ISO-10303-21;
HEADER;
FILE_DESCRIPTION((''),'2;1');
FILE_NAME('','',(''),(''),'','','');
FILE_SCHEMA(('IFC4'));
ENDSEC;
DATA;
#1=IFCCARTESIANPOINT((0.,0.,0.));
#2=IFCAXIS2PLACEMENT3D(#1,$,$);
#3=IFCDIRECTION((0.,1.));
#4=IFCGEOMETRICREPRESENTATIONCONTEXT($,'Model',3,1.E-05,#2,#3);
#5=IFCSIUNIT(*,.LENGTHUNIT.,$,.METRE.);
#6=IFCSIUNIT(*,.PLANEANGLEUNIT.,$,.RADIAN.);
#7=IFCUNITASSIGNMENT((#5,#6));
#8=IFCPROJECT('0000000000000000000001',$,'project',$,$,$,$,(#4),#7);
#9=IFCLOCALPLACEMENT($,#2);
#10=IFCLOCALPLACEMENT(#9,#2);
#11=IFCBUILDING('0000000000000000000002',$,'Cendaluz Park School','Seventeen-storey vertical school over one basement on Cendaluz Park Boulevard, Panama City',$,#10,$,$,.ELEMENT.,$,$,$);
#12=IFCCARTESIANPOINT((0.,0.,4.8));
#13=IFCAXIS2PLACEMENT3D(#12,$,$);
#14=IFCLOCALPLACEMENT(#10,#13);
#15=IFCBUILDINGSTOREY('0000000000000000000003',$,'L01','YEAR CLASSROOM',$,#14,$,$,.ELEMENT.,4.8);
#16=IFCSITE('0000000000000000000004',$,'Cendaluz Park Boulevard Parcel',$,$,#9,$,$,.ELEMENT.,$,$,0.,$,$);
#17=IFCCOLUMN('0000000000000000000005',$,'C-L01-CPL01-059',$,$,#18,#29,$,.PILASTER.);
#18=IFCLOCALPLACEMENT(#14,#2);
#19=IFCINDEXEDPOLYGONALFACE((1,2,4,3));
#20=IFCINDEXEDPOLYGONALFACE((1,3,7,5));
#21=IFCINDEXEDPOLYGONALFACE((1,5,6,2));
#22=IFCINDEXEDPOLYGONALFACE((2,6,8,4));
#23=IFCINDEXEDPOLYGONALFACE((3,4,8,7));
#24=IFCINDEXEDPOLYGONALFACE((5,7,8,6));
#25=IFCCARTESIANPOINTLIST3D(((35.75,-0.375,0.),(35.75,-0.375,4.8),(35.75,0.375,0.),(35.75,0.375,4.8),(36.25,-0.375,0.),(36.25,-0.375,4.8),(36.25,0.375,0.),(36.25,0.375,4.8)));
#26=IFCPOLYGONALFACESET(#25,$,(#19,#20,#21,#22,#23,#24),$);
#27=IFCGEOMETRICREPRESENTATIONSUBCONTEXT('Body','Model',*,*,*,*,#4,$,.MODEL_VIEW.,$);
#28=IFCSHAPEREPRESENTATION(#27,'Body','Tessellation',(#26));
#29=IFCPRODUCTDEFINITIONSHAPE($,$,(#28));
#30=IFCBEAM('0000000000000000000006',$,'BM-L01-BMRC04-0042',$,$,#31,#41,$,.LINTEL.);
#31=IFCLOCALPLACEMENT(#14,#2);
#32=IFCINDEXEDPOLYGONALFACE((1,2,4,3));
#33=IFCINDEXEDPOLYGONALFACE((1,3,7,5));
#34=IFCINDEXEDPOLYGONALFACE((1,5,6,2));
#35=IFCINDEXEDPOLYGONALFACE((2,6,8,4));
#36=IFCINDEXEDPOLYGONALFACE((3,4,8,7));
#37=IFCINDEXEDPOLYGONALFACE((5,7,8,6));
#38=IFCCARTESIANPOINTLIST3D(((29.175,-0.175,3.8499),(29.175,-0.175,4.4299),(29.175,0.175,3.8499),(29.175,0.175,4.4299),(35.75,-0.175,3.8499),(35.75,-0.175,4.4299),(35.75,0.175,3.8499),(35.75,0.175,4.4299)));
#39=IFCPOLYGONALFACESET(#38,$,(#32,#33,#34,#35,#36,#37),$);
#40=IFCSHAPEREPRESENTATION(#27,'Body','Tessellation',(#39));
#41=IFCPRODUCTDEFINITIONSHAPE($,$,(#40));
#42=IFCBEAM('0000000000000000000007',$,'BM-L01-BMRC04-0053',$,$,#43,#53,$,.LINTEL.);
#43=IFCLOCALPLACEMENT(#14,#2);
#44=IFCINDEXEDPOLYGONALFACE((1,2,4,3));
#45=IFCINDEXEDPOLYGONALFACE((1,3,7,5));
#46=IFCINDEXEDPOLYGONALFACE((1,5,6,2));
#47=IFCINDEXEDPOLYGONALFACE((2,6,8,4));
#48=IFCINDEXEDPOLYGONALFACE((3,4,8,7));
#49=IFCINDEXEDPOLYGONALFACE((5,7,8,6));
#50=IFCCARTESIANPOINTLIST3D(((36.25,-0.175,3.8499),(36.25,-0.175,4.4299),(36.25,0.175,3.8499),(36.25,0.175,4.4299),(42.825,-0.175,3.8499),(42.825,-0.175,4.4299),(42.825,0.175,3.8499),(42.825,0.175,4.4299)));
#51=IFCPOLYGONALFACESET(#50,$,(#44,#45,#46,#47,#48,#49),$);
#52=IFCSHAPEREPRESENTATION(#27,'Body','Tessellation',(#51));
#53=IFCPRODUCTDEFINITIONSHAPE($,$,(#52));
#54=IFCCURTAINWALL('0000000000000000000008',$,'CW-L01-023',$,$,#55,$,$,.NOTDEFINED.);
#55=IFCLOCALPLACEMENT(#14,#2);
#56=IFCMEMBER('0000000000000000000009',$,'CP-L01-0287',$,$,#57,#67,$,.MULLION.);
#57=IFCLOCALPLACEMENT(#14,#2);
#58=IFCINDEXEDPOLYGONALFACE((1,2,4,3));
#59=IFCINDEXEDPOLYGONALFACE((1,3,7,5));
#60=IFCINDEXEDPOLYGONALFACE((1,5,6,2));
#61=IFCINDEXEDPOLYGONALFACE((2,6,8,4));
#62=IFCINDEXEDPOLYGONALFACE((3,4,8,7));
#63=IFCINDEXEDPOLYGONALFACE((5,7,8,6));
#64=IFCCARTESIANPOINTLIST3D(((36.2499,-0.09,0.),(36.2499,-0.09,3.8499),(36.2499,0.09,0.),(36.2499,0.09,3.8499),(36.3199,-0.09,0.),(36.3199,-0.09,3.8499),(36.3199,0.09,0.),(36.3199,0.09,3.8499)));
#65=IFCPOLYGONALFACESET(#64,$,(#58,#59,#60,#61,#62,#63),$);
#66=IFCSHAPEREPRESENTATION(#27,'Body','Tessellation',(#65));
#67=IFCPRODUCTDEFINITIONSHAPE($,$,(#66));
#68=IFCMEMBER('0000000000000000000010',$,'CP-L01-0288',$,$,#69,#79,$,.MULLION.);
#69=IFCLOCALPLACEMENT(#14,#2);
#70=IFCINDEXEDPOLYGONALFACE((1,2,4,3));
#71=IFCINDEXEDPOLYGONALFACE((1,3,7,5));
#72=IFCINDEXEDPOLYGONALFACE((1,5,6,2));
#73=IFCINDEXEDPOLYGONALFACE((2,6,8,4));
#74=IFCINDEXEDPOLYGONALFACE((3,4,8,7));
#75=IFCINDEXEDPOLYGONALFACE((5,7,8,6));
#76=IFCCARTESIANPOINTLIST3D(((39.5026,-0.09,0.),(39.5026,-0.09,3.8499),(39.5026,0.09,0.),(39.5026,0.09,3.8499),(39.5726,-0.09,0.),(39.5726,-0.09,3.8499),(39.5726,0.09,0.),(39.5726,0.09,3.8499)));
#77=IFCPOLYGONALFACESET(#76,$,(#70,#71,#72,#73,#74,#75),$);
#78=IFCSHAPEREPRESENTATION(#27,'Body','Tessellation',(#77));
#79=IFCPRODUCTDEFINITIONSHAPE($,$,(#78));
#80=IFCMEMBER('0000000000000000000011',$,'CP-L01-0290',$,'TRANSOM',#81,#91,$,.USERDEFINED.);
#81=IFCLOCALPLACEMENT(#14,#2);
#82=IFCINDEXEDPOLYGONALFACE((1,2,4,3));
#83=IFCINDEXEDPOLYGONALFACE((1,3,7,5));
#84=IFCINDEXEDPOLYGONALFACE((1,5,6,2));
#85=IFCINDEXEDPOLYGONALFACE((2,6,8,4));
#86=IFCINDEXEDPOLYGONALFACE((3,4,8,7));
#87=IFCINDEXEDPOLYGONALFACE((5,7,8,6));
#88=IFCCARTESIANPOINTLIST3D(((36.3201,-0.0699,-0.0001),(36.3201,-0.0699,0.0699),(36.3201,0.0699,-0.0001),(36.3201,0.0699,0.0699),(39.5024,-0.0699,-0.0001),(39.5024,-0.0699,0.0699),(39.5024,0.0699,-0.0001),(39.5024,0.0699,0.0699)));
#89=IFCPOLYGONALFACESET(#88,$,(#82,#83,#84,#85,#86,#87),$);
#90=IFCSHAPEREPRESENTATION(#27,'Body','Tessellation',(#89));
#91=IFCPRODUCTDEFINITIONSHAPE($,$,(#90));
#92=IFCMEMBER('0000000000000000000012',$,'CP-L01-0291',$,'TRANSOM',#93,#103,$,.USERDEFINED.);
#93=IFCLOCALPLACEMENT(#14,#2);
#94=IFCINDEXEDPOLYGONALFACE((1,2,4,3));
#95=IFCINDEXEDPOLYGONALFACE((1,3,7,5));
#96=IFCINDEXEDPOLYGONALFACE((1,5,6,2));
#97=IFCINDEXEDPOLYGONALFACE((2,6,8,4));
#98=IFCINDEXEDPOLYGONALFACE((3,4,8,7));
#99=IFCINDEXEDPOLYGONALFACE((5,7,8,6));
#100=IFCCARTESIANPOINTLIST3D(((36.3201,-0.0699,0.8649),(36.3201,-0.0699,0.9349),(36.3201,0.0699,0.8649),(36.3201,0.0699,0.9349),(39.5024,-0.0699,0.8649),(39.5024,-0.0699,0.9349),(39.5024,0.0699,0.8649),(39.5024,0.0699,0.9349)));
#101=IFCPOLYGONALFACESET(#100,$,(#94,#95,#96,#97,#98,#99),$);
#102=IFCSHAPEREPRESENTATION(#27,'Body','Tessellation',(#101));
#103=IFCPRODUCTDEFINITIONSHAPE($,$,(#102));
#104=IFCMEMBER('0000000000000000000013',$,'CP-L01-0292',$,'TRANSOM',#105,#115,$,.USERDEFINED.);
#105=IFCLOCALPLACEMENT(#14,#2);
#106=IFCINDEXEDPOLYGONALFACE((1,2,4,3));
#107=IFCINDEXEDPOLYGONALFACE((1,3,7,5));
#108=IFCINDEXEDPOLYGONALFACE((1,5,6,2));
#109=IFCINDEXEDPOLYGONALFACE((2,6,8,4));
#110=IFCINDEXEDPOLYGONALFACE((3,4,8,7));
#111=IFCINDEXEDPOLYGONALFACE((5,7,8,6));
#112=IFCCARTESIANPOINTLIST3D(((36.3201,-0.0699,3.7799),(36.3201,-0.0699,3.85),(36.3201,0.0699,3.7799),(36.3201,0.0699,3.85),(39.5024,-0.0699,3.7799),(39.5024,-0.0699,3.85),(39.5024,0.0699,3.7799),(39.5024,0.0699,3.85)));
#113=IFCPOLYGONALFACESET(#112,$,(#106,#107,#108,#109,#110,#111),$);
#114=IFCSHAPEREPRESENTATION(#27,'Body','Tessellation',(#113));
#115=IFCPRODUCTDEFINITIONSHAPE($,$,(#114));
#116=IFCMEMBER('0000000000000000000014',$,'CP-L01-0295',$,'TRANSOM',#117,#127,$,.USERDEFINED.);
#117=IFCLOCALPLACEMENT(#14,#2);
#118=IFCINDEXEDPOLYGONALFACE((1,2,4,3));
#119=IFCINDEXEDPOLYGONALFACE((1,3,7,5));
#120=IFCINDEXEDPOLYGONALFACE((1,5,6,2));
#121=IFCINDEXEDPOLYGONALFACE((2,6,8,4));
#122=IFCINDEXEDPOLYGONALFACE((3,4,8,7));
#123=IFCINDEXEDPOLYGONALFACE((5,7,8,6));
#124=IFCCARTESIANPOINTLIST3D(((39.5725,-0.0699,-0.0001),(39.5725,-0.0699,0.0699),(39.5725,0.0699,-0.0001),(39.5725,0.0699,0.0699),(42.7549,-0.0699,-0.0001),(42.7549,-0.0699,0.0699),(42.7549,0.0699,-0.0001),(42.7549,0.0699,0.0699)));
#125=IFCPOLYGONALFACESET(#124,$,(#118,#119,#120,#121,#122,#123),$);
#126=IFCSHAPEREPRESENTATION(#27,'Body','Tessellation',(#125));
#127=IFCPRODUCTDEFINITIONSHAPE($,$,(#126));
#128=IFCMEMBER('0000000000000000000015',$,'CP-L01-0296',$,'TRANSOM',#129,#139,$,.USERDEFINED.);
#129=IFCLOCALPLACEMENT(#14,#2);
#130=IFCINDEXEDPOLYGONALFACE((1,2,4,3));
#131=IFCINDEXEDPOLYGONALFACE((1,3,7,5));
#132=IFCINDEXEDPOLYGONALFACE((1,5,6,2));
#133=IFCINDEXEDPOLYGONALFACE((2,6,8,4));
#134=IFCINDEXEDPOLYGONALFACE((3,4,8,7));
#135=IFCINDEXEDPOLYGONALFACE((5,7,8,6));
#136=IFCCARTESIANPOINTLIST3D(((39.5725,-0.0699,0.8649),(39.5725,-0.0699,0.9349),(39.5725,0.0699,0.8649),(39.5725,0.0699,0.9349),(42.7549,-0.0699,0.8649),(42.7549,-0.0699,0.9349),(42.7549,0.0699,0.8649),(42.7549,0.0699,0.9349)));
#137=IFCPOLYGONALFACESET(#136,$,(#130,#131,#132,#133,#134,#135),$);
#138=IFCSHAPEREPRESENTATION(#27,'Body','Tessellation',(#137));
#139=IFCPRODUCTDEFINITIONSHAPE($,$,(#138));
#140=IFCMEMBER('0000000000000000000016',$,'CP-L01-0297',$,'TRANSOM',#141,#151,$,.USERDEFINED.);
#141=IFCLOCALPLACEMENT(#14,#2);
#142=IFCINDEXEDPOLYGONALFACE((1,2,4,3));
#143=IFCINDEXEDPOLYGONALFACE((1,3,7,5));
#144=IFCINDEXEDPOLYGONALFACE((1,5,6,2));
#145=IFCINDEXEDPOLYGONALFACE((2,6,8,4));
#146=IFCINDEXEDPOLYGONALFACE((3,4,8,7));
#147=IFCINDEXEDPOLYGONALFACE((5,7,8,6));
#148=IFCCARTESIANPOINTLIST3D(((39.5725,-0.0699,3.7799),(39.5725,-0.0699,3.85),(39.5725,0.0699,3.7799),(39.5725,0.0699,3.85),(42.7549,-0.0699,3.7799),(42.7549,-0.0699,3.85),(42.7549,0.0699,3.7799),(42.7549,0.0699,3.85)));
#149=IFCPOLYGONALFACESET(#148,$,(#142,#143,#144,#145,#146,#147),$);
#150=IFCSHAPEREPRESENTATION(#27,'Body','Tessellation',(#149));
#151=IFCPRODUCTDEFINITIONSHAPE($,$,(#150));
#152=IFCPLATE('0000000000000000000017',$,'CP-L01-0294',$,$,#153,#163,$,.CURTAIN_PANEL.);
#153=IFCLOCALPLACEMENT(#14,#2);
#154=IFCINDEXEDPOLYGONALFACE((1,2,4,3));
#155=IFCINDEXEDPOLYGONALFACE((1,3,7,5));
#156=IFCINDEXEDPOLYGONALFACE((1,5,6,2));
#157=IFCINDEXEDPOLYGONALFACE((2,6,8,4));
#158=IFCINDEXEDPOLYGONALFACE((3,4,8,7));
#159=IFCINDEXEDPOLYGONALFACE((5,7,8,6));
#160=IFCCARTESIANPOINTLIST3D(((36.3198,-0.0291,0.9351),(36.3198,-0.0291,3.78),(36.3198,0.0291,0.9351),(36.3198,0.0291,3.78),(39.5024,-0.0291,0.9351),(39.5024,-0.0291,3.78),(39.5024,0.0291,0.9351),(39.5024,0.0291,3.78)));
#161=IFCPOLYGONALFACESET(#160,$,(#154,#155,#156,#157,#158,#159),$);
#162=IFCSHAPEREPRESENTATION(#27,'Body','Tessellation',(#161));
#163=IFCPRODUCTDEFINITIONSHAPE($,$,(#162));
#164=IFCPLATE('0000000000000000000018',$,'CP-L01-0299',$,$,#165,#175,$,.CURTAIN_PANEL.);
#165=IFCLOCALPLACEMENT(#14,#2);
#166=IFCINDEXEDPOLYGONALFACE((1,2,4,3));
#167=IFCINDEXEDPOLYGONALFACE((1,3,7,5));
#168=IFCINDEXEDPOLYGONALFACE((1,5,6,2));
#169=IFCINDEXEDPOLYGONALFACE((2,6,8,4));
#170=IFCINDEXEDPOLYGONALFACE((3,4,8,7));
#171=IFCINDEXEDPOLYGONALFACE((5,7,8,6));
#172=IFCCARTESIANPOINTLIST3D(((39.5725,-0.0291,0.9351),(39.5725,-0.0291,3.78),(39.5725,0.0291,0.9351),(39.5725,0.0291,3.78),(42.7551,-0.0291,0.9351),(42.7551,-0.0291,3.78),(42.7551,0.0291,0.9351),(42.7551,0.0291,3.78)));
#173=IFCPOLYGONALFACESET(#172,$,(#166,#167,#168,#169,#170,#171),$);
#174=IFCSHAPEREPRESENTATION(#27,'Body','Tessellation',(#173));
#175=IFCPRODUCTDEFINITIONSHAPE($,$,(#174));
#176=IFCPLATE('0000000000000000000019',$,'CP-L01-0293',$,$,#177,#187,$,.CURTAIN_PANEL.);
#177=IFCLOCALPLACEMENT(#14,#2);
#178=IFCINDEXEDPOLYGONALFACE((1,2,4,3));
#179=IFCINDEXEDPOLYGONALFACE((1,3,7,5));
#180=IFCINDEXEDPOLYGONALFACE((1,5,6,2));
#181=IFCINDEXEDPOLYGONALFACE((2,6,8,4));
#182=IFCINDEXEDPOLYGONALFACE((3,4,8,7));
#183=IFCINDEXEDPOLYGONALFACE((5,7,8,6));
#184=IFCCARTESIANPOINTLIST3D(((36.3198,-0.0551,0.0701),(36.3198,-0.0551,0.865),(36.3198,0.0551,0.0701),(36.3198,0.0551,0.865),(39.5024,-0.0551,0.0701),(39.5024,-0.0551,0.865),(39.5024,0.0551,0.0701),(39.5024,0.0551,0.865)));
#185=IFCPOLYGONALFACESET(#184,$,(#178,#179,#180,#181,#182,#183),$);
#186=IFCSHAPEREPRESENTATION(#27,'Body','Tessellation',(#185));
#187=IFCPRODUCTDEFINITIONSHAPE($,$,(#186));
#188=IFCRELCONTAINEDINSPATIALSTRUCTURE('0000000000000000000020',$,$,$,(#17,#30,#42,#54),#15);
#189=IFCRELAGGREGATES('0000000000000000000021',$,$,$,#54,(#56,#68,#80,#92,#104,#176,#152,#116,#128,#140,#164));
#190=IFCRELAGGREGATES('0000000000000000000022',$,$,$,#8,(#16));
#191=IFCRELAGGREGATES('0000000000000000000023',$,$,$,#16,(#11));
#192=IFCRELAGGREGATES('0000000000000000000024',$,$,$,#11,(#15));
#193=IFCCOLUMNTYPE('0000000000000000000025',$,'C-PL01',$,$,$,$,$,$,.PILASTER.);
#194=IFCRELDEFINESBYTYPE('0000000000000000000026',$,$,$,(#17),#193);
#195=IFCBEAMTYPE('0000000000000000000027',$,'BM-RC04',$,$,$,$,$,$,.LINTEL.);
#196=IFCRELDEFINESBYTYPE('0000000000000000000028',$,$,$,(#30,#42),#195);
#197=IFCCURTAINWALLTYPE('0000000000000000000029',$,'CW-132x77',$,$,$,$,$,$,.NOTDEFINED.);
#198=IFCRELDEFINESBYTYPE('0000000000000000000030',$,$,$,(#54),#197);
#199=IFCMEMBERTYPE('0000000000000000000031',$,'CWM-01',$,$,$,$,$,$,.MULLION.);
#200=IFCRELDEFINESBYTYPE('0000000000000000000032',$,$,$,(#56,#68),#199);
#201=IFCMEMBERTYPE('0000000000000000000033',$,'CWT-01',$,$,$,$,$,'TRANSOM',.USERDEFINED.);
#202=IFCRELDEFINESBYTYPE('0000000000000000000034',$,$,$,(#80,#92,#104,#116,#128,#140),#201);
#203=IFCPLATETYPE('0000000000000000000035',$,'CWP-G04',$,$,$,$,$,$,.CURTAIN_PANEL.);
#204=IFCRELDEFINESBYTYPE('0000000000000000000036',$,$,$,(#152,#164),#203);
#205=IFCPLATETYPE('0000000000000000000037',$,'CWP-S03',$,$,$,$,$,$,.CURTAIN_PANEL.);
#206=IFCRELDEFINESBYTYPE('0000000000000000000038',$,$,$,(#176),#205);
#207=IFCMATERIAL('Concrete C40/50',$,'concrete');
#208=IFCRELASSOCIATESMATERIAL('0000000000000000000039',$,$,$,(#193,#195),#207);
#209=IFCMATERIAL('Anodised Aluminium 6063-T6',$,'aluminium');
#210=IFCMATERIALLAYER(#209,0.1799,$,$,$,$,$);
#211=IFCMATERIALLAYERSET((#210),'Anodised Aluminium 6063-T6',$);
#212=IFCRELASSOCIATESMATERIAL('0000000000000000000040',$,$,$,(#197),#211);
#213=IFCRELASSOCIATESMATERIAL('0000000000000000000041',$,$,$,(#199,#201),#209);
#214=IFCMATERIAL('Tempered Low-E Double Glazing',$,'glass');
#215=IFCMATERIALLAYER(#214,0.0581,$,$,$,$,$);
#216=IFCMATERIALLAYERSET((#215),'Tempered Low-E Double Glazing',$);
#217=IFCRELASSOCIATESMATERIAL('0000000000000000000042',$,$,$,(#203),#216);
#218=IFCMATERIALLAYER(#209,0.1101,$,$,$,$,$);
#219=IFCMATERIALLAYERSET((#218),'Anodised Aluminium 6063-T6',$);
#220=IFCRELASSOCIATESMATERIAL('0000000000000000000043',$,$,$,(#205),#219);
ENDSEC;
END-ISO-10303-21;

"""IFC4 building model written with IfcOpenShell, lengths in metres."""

from ifc_helpers import new_model, si_unit, direction, frame, origin, origin_2d, place, context, subcontext, project, spatial, rectangle, extrude, material, layer, layer_set, material_profile, profile_set, type_object, element, aggregate, save


model = new_model("IFC4")

# Units and contexts
model_context = context("Model", 3, precision=1e-05, world=origin(), true_north=direction((0.0, 1.0)))
body_context = subcontext(model_context, "Body", "Model", "MODEL_VIEW")
ifc_project = project(units=[si_unit("LENGTHUNIT", "METRE"), si_unit("PLANEANGLEUNIT", "RADIAN")], contexts=[model_context])

# Site, building, storey
site_placement = place(None, origin())
site = spatial("IfcSite", under=ifc_project, at=site_placement, Name="Cendaluz Park Boulevard Parcel", CompositionType="ELEMENT", RefElevation=0.0)
building_placement = place(site_placement, origin())
building = spatial("IfcBuilding", under=site, at=building_placement, Name="Cendaluz Park School", Description="Seventeen-storey vertical school over one basement on Cendaluz Park Boulevard, Panama City", CompositionType="ELEMENT")
storey_placement = place(building_placement, frame((0.0, 0.0, 4.8)))
storey = spatial("IfcBuildingStorey", under=building, at=storey_placement, Name="L01", Description="YEAR CLASSROOM", CompositionType="ELEMENT", Elevation=4.8)

# Column
ifc_material_1 = material(Name="Concrete C40/50", Category="concrete")
ifc_material_profile_1 = material_profile(ifc_material_1, rectangle(XDim=0.5, YDim=0.75, at=origin_2d()), Name="RC 500x750", Category="concrete")
ifc_profile_set_1 = profile_set([ifc_material_profile_1], Name="Concrete C40/50")
column_type = type_object("IfcColumnType", Name="C-PL01", PredefinedType="PILASTER", material=ifc_profile_set_1)
column_placement = place(storey_placement, frame((36.0, 0.0, 0.0), z_axis=(0.0, 0.0, 1.0), x_axis=(1.0, 0.0, 0.0)))
element("IfcColumn", 1, at=column_placement, inside=storey, type_object=column_type, Name="C-L01-CPL01-059", PredefinedType="PILASTER", context=body_context, shape_type="SweptSolid", body=[
    extrude(rectangle(XDim=0.5, YDim=0.75, at=origin_2d()), origin(), (0.0, 0.0, 1.0), 4.8),
])

# Beams
ifc_material_profile_2 = material_profile(ifc_material_1, rectangle(XDim=0.3501, YDim=0.5801, at=origin_2d()), Name="RC 350x580", Category="concrete")
ifc_profile_set_2 = profile_set([ifc_material_profile_2], Name="Concrete C40/50")
beam_type = type_object("IfcBeamType", Name="BM-RC04", PredefinedType="LINTEL", material=ifc_profile_set_2)
for number, where, z_axis, x_axis, name in (
    (2, (29.175, 0.0, 4.1399), (1.0, 0.0, 0.0), (0.0, 1.0, 0.0), "BM-L01-BMRC04-0042"),
    (3, (36.25, 0.0, 4.1399), (1.0, 0.0, 0.0), (0.0, 1.0, 0.0), "BM-L01-BMRC04-0053"),
):
    element("IfcBeam", number, at=place(storey_placement, frame(where, z_axis=z_axis, x_axis=x_axis)), inside=storey, type_object=beam_type, Name=name, PredefinedType="LINTEL", context=body_context, shape_type="SweptSolid", body=[
        extrude(rectangle(XDim=0.3501, YDim=0.5801, at=origin_2d()), origin(), (0.0, 0.0, 1.0), 6.575),
    ])

# Curtain wall, members, plates
ifc_material_2 = material(Name="Anodised Aluminium 6063-T6", Category="aluminium")
ifc_layer_1 = layer(ifc_material_2, 0.1799)
ifc_layer_set_1 = layer_set([ifc_layer_1], Name="Anodised Aluminium 6063-T6")
curtain_wall_type = type_object("IfcCurtainWallType", Name="CW-132x77", PredefinedType="NOTDEFINED", material=ifc_layer_set_1)
curtain_wall_placement = place(storey_placement, origin())
curtain_wall = element("IfcCurtainWall", 4, at=curtain_wall_placement, inside=storey, type_object=curtain_wall_type, Name="CW-L01-023", PredefinedType="NOTDEFINED")
ifc_material_profile_3 = material_profile(ifc_material_2, rectangle(XDim=0.1799, YDim=0.0701, at=origin_2d()), Name="CWM 180x70", Category="aluminium")
ifc_profile_set_3 = profile_set([ifc_material_profile_3], Name="Anodised Aluminium 6063-T6")
member_type_1 = type_object("IfcMemberType", Name="CWM-01", PredefinedType="MULLION", material=ifc_profile_set_3)
member_1_placement = place(storey_placement, frame((36.2849, 0.0, 0.0), z_axis=(0.0, 0.0, 1.0), x_axis=(0.0, 1.0, 0.0)))
member_1 = element("IfcMember", 5, at=member_1_placement, type_object=member_type_1, Name="CP-L01-0287", PredefinedType="MULLION", context=body_context, shape_type="SweptSolid", body=[
    extrude(rectangle(XDim=0.1799, YDim=0.0701, at=origin_2d()), origin(), (0.0, 0.0, 1.0), 3.8499),
])
member_2_placement = place(storey_placement, frame((39.5376, 0.0, 0.0), z_axis=(0.0, 0.0, 1.0), x_axis=(0.0, 1.0, 0.0)))
member_2 = element("IfcMember", 6, at=member_2_placement, type_object=member_type_1, Name="CP-L01-0288", PredefinedType="MULLION", context=body_context, shape_type="SweptSolid", body=[
    extrude(rectangle(XDim=0.1799, YDim=0.0701, at=origin_2d()), origin(), (0.0, 0.0, 1.0), 3.8499),
])
ifc_material_profile_4 = material_profile(ifc_material_2, rectangle(XDim=0.1399, YDim=0.0701, at=origin_2d()), Name="CWT 140x70", Category="aluminium")
ifc_profile_set_4 = profile_set([ifc_material_profile_4], Name="Anodised Aluminium 6063-T6")
member_type_2 = type_object("IfcMemberType", Name="CWT-01", ElementType="TRANSOM", PredefinedType="USERDEFINED", material=ifc_profile_set_4)
member_3_placement = place(storey_placement, frame((36.3201, 0.0, 0.0349), z_axis=(1.0, 0.0, 0.0), x_axis=(0.0, 1.0, 0.0)))
member_3 = element("IfcMember", 7, at=member_3_placement, type_object=member_type_2, Name="CP-L01-0290", ObjectType="TRANSOM", PredefinedType="USERDEFINED", context=body_context, shape_type="SweptSolid", body=[
    extrude(rectangle(XDim=0.1399, YDim=0.0701, at=origin_2d()), origin(), (0.0, 0.0, 1.0), 3.1824),
])
member_4_placement = place(storey_placement, frame((36.3201, 0.0, 0.8999), z_axis=(1.0, 0.0, 0.0), x_axis=(0.0, 1.0, 0.0)))
member_4 = element("IfcMember", 8, at=member_4_placement, type_object=member_type_2, Name="CP-L01-0291", ObjectType="TRANSOM", PredefinedType="USERDEFINED", context=body_context, shape_type="SweptSolid", body=[
    extrude(rectangle(XDim=0.1399, YDim=0.0701, at=origin_2d()), origin(), (0.0, 0.0, 1.0), 3.1824),
])
member_5_placement = place(storey_placement, frame((36.3201, 0.0, 3.8149), z_axis=(1.0, 0.0, 0.0), x_axis=(0.0, 1.0, 0.0)))
member_5 = element("IfcMember", 9, at=member_5_placement, type_object=member_type_2, Name="CP-L01-0292", ObjectType="TRANSOM", PredefinedType="USERDEFINED", context=body_context, shape_type="SweptSolid", body=[
    extrude(rectangle(XDim=0.1399, YDim=0.0701, at=origin_2d()), origin(), (0.0, 0.0, 1.0), 3.1824),
])
member_6_placement = place(storey_placement, frame((39.5725, 0.0, 0.0349), z_axis=(1.0, 0.0, 0.0), x_axis=(0.0, 1.0, 0.0)))
member_6 = element("IfcMember", 10, at=member_6_placement, type_object=member_type_2, Name="CP-L01-0295", ObjectType="TRANSOM", PredefinedType="USERDEFINED", context=body_context, shape_type="SweptSolid", body=[
    extrude(rectangle(XDim=0.1399, YDim=0.0701, at=origin_2d()), origin(), (0.0, 0.0, 1.0), 3.1824),
])
member_7_placement = place(storey_placement, frame((39.5725, 0.0, 0.8999), z_axis=(1.0, 0.0, 0.0), x_axis=(0.0, 1.0, 0.0)))
member_7 = element("IfcMember", 11, at=member_7_placement, type_object=member_type_2, Name="CP-L01-0296", ObjectType="TRANSOM", PredefinedType="USERDEFINED", context=body_context, shape_type="SweptSolid", body=[
    extrude(rectangle(XDim=0.1399, YDim=0.0701, at=origin_2d()), origin(), (0.0, 0.0, 1.0), 3.1824),
])
member_8_placement = place(storey_placement, frame((39.5725, 0.0, 3.8149), z_axis=(1.0, 0.0, 0.0), x_axis=(0.0, 1.0, 0.0)))
member_8 = element("IfcMember", 12, at=member_8_placement, type_object=member_type_2, Name="CP-L01-0297", ObjectType="TRANSOM", PredefinedType="USERDEFINED", context=body_context, shape_type="SweptSolid", body=[
    extrude(rectangle(XDim=0.1399, YDim=0.0701, at=origin_2d()), origin(), (0.0, 0.0, 1.0), 3.1824),
])
ifc_material_3 = material(Name="Tempered Low-E Double Glazing", Category="glass")
ifc_layer_2 = layer(ifc_material_3, 0.0581)
ifc_layer_set_2 = layer_set([ifc_layer_2], Name="Tempered Low-E Double Glazing")
plate_type_1 = type_object("IfcPlateType", Name="CWP-G04", PredefinedType="CURTAIN_PANEL", material=ifc_layer_set_2)
plate_1_placement = place(storey_placement, frame((37.9111, 0.0, 0.9351), z_axis=(0.0, 0.0, 1.0), x_axis=(1.0, 0.0, 0.0)))
plate_1 = element("IfcPlate", 13, at=plate_1_placement, type_object=plate_type_1, Name="CP-L01-0294", PredefinedType="CURTAIN_PANEL", context=body_context, shape_type="SweptSolid", body=[
    extrude(rectangle(XDim=3.1826, YDim=0.0581, at=origin_2d()), origin(), (0.0, 0.0, 1.0), 2.845),
])
plate_2_placement = place(storey_placement, frame((41.1638, 0.0, 0.9351), z_axis=(0.0, 0.0, 1.0), x_axis=(1.0, 0.0, 0.0)))
plate_2 = element("IfcPlate", 14, at=plate_2_placement, type_object=plate_type_1, Name="CP-L01-0299", PredefinedType="CURTAIN_PANEL", context=body_context, shape_type="SweptSolid", body=[
    extrude(rectangle(XDim=3.1826, YDim=0.0581, at=origin_2d()), origin(), (0.0, 0.0, 1.0), 2.845),
])
ifc_layer_3 = layer(ifc_material_2, 0.1101)
ifc_layer_set_3 = layer_set([ifc_layer_3], Name="Anodised Aluminium 6063-T6")
plate_type_2 = type_object("IfcPlateType", Name="CWP-S03", PredefinedType="CURTAIN_PANEL", material=ifc_layer_set_3)
plate_3_placement = place(storey_placement, frame((37.9111, 0.0, 0.0701), z_axis=(0.0, 0.0, 1.0), x_axis=(1.0, 0.0, 0.0)))
plate_3 = element("IfcPlate", 15, at=plate_3_placement, type_object=plate_type_2, Name="CP-L01-0293", PredefinedType="CURTAIN_PANEL", context=body_context, shape_type="SweptSolid", body=[
    extrude(rectangle(XDim=3.1826, YDim=0.1101, at=origin_2d()), origin(), (0.0, 0.0, 1.0), 0.7949),
])
aggregate(curtain_wall, [member_1, member_2, member_3, member_4, member_5, plate_3, plate_1, member_6, member_7, member_8, plate_2])

save(model, "model.ifc")
